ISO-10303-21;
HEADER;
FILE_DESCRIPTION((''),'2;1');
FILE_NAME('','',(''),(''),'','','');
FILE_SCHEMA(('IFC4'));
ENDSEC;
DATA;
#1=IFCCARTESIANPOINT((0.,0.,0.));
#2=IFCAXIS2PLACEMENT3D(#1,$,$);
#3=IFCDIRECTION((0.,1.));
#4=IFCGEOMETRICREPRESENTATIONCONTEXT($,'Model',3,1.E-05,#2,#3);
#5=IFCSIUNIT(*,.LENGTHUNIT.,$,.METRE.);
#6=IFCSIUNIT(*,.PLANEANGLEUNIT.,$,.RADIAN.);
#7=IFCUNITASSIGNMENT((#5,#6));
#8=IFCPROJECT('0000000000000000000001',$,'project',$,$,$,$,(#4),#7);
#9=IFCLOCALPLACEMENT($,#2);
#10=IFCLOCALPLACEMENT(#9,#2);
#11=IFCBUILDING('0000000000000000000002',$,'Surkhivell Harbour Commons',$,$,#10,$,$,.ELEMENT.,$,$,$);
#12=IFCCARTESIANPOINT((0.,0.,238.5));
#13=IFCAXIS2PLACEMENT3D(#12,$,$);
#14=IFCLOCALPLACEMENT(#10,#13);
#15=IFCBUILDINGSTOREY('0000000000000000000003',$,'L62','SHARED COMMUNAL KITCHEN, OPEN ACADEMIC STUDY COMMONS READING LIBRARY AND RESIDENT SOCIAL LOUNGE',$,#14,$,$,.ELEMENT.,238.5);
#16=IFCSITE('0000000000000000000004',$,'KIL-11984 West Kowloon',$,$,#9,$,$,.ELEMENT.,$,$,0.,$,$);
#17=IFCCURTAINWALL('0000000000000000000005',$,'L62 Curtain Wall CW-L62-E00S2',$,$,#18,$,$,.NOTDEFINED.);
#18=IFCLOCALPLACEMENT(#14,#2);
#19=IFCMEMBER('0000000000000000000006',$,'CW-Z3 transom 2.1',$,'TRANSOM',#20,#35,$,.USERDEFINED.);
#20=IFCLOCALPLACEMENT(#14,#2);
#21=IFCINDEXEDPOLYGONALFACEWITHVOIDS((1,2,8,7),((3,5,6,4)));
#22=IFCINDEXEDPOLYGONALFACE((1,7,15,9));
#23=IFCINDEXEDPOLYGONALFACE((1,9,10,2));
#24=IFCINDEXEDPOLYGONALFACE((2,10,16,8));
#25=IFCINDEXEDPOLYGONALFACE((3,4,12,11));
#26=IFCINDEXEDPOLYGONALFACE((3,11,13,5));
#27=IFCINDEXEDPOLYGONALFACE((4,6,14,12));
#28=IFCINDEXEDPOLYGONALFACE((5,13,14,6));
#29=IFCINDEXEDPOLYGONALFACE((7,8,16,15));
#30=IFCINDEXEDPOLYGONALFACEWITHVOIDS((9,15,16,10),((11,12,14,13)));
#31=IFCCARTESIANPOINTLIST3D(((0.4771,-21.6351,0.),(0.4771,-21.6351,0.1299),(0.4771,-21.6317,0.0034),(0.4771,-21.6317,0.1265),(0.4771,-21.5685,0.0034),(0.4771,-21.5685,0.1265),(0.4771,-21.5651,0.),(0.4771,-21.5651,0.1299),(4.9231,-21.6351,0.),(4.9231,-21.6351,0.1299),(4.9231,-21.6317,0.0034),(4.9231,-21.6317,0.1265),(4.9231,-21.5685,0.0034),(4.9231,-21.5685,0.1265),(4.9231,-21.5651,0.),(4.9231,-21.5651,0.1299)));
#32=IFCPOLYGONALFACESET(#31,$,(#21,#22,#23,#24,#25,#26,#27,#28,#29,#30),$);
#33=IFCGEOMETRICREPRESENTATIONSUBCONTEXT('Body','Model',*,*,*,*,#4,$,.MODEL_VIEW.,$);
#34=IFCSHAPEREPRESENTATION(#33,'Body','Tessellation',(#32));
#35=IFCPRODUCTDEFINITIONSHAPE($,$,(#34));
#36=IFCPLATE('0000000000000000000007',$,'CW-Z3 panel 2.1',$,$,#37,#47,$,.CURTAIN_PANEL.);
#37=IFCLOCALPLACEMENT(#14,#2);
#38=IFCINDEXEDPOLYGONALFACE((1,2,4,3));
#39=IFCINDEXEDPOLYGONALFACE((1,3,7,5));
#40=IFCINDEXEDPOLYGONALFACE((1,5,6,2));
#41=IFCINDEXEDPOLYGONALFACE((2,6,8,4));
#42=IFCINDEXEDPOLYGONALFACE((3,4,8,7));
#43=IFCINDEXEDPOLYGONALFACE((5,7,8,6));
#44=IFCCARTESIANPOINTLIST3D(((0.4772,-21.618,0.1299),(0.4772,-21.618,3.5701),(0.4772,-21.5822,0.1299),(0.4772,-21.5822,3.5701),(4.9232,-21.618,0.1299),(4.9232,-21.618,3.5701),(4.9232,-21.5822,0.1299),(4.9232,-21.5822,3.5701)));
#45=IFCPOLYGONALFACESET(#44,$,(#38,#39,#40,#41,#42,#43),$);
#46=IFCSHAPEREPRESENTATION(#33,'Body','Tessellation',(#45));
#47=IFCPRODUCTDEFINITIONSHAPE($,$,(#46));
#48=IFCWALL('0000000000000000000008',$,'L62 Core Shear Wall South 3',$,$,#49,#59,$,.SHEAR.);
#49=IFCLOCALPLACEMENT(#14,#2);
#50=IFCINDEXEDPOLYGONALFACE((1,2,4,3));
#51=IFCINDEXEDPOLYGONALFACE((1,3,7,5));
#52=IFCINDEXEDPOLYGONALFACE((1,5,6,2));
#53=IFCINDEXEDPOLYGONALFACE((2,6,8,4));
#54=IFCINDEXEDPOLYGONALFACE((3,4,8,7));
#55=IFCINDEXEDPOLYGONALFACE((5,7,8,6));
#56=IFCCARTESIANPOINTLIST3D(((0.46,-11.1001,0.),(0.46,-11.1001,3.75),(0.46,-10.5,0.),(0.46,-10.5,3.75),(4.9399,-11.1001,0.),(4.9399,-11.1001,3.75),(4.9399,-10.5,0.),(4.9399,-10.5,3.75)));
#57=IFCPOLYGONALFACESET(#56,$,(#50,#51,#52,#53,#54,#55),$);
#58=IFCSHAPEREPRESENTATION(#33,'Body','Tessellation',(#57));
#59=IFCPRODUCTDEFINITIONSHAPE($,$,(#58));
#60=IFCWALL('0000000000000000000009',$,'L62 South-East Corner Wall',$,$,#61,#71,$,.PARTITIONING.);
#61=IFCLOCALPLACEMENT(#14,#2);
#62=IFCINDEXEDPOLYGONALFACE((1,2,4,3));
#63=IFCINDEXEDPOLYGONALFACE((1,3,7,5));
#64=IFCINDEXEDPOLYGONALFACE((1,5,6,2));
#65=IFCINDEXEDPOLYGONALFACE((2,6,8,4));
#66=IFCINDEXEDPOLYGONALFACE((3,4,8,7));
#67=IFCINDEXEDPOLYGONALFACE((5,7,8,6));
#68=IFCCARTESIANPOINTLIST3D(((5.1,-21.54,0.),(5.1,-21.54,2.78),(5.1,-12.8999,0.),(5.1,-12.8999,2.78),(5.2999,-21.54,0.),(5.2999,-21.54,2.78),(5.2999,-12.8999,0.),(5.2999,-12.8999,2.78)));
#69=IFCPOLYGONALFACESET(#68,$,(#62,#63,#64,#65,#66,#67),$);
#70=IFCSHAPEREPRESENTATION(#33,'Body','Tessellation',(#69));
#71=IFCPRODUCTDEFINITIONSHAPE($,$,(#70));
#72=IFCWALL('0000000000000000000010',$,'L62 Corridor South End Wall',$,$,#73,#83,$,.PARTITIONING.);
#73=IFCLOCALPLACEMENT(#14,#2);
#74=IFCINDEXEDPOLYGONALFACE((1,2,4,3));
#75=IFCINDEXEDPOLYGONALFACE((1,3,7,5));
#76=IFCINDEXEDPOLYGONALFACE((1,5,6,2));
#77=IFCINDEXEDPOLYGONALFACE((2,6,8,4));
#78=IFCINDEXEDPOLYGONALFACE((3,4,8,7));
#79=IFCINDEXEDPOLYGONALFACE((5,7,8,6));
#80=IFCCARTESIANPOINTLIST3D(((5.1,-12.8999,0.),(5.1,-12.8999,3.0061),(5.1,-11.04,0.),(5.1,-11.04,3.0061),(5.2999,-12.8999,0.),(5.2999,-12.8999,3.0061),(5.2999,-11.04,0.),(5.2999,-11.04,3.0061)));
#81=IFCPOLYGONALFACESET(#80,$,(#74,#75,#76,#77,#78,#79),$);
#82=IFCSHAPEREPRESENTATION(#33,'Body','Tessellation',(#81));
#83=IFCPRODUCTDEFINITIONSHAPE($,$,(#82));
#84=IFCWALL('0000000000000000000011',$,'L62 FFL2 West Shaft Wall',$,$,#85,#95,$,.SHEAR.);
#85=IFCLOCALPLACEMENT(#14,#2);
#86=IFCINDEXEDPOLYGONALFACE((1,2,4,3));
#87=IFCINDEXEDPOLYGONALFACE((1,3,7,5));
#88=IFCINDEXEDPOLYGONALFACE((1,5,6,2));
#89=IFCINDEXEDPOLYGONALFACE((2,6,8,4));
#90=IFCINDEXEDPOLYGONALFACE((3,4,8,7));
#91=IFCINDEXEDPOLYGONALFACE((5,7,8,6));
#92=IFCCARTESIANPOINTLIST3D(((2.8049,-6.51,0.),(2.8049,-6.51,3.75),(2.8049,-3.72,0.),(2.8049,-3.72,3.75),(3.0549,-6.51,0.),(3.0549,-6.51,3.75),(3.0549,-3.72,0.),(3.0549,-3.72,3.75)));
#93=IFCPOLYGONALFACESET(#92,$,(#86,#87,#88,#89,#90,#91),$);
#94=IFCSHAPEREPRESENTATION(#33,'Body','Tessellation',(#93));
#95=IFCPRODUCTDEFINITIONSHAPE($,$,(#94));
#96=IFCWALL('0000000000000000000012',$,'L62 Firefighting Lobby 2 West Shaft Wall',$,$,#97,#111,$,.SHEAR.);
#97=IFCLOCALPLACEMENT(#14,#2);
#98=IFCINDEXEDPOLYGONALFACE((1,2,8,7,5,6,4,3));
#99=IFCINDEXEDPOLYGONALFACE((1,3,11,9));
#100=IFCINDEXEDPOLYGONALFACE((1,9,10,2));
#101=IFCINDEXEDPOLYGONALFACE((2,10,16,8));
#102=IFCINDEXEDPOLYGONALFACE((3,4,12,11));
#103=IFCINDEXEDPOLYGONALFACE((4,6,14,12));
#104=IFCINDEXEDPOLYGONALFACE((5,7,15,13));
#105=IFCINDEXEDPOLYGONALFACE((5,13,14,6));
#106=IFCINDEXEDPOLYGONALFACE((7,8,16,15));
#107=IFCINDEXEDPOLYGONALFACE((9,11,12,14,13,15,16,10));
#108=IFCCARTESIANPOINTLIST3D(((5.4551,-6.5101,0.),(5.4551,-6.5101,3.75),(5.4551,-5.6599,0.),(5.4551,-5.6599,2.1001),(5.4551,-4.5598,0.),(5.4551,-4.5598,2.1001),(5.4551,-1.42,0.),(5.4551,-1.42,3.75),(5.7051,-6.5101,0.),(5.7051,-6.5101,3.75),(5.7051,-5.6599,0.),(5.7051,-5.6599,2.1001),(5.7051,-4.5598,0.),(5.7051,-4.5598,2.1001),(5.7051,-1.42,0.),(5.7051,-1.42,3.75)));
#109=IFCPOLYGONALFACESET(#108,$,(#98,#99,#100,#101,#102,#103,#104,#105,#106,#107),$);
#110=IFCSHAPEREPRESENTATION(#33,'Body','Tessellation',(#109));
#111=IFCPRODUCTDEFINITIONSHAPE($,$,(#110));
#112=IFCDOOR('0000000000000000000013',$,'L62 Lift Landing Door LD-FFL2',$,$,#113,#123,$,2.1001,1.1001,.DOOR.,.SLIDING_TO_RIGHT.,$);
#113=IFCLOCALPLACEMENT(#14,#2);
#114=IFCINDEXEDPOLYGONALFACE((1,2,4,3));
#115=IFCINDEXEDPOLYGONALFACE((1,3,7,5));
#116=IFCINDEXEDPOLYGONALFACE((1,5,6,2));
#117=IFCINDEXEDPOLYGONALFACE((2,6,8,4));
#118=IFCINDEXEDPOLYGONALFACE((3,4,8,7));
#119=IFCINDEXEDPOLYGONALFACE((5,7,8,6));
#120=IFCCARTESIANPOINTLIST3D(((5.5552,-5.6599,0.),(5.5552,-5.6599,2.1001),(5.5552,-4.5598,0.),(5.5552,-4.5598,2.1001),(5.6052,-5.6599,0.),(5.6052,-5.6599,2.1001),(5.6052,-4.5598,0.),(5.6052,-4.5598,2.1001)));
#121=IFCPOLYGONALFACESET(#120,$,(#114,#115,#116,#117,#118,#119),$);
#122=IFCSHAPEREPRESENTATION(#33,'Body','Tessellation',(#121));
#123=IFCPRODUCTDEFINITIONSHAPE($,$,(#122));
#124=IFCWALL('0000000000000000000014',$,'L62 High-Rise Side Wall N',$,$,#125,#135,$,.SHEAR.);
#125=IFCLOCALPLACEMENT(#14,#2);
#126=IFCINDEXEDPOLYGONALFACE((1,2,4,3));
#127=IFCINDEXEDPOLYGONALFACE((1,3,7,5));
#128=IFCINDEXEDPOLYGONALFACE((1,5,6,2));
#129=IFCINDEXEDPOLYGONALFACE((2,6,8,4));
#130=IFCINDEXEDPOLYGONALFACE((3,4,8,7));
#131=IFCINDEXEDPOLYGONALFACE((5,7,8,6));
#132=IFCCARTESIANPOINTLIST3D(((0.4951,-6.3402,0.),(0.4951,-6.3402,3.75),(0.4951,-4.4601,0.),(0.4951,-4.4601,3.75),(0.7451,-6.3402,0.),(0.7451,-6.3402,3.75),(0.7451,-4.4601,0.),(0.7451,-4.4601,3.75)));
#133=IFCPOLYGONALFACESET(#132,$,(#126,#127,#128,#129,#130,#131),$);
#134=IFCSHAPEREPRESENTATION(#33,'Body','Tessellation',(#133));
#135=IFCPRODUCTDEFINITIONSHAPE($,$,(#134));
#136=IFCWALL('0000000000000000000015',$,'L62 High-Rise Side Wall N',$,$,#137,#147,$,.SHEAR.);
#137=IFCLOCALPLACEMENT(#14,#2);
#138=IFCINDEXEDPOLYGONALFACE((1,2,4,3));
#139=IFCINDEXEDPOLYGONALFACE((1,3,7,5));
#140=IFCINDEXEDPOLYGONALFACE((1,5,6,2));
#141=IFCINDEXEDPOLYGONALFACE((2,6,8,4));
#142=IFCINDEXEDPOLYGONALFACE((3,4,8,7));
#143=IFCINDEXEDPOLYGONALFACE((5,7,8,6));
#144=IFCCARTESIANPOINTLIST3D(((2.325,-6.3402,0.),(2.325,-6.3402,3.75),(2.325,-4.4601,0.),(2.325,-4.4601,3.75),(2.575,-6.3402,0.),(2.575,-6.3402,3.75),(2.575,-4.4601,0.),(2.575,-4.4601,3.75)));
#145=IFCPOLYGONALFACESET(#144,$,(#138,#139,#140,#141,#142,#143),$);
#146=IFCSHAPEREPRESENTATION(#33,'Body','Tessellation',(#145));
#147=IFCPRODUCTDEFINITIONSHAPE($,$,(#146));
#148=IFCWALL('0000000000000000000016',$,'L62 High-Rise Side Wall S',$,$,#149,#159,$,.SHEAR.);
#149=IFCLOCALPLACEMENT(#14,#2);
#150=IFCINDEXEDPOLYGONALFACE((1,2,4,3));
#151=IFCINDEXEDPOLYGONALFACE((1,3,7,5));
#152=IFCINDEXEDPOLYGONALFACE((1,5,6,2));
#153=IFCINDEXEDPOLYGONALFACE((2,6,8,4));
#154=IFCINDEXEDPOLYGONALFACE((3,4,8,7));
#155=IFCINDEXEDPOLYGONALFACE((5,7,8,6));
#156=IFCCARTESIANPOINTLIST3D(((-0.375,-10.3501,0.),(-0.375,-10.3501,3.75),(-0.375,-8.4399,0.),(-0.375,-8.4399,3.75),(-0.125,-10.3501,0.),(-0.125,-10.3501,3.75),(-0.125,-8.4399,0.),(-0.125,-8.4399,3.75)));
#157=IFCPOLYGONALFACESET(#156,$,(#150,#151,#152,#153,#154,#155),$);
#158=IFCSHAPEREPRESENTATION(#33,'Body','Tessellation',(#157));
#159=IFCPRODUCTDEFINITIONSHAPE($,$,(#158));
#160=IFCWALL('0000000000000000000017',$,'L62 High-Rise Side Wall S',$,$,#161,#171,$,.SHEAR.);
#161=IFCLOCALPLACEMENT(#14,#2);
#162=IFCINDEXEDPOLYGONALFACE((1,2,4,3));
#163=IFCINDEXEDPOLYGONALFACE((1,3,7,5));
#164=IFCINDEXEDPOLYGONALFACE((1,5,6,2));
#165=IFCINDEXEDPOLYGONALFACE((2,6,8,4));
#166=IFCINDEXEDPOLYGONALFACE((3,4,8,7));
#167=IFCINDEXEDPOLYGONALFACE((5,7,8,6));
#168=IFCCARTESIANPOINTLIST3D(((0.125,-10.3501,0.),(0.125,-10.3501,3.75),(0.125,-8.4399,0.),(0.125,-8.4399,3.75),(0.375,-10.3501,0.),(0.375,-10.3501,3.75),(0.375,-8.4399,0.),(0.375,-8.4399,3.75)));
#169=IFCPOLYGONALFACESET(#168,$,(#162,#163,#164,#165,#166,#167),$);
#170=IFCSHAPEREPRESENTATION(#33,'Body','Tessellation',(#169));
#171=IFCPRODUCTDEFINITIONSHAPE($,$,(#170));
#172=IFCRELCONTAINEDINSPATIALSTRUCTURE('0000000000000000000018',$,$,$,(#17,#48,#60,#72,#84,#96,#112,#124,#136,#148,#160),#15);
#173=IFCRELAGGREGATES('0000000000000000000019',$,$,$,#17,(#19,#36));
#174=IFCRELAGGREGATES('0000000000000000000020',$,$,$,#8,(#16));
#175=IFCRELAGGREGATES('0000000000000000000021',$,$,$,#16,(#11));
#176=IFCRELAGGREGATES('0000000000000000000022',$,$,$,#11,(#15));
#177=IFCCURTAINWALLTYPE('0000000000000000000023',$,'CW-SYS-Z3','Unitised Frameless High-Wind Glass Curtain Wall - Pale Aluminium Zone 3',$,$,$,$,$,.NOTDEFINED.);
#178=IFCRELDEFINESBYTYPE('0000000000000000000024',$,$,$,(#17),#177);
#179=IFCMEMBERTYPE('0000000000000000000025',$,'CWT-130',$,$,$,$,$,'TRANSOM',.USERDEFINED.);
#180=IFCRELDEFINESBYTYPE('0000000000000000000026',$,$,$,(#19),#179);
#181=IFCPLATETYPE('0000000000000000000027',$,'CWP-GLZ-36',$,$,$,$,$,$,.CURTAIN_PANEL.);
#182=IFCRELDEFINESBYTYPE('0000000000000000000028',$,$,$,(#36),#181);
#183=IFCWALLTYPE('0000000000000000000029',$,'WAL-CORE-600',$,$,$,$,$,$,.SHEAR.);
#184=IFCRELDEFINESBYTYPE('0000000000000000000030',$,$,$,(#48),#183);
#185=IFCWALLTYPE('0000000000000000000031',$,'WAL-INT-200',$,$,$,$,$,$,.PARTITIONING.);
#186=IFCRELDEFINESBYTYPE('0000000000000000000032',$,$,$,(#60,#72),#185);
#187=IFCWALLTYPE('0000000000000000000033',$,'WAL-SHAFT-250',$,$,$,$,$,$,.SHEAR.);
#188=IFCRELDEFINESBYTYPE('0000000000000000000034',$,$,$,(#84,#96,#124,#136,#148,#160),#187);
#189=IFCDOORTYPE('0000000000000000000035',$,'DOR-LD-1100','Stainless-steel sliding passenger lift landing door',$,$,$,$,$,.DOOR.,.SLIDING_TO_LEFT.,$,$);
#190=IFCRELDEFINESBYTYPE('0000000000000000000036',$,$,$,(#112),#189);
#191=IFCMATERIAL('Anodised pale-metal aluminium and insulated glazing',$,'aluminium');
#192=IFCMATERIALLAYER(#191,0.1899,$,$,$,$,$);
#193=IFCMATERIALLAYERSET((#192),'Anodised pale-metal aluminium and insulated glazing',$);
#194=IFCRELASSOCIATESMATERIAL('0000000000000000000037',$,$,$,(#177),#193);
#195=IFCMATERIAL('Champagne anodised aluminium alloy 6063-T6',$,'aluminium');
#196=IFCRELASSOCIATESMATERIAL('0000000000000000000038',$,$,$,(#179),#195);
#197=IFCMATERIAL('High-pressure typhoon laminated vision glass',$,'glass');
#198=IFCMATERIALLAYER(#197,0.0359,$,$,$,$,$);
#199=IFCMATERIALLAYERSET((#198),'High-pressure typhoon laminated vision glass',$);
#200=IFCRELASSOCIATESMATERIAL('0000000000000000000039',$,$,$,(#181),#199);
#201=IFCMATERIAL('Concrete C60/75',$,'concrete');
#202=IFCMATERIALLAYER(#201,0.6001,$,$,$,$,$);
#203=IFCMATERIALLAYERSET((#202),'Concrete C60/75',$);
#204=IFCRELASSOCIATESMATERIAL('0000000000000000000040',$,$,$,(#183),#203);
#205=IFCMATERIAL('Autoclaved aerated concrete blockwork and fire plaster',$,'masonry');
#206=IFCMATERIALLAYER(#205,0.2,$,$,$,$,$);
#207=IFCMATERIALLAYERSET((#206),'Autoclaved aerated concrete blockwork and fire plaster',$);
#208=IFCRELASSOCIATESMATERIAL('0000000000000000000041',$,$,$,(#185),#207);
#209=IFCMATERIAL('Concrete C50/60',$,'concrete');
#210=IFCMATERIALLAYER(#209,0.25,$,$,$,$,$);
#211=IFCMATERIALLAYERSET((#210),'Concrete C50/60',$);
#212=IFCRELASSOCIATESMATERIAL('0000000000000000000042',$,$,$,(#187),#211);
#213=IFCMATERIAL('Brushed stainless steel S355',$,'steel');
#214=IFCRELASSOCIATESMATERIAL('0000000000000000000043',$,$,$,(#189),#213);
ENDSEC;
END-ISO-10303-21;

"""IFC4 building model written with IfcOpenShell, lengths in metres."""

from ifc_helpers import new_model, si_unit, direction, frame, frame_2d, origin, origin_2d, place, context, subcontext, project, spatial, rectangle, hollow_rectangle, extrude, material, layer, layer_set, material_profile, profile_set, type_object, element, fill, aggregate, save


model = new_model("IFC4")

# Units and contexts
model_context = context("Model", 3, precision=1e-05, world=origin(), true_north=direction((0.0, 1.0)))
body_context = subcontext(model_context, "Body", "Model", "MODEL_VIEW")
ifc_project = project(units=[si_unit("LENGTHUNIT", "METRE"), si_unit("PLANEANGLEUNIT", "RADIAN")], contexts=[model_context])

# Site, building, storey
site_placement = place(None, origin())
site = spatial("IfcSite", under=ifc_project, at=site_placement, Name="KIL-11984 West Kowloon", CompositionType="ELEMENT", RefElevation=0.0)
building_placement = place(site_placement, origin())
building = spatial("IfcBuilding", under=site, at=building_placement, Name="Surkhivell Harbour Commons", CompositionType="ELEMENT")
storey_placement = place(building_placement, frame((0.0, 0.0, 238.5)))
storey = spatial("IfcBuildingStorey", under=building, at=storey_placement, Name="L62", Description="SHARED COMMUNAL KITCHEN, OPEN ACADEMIC STUDY COMMONS READING LIBRARY AND RESIDENT SOCIAL LOUNGE", CompositionType="ELEMENT", Elevation=238.5)

# Shared definitions
ifc_material_1 = material(Name="Concrete C60/75", Category="concrete")
ifc_material_2 = material(Name="Concrete C50/60", Category="concrete")

# Curtain wall, member, plate
ifc_material_3 = material(Name="Anodised pale-metal aluminium and insulated glazing", Category="aluminium")
ifc_layer_1 = layer(ifc_material_3, 0.1899)
ifc_layer_set_1 = layer_set([ifc_layer_1], Name="Anodised pale-metal aluminium and insulated glazing")
curtain_wall_type = type_object("IfcCurtainWallType", Name="CW-SYS-Z3", Description="Unitised Frameless High-Wind Glass Curtain Wall - Pale Aluminium Zone 3", PredefinedType="NOTDEFINED", material=ifc_layer_set_1)
curtain_wall_placement = place(storey_placement, origin())
curtain_wall = element("IfcCurtainWall", 1, at=curtain_wall_placement, inside=storey, type_object=curtain_wall_type, Name="L62 Curtain Wall CW-L62-E00S2", PredefinedType="NOTDEFINED")
ifc_material_4 = material(Name="Champagne anodised aluminium alloy 6063-T6", Category="aluminium")
ifc_material_profile_1 = material_profile(ifc_material_4, hollow_rectangle(XDim=0.0701, YDim=0.1299, WallThickness=0.0034, at=origin_2d()), Name="ALU-TRAN-70x130")
ifc_profile_set_1 = profile_set([ifc_material_profile_1], Name="Champagne anodised aluminium alloy 6063-T6")
member_type_1 = type_object("IfcMemberType", Name="CWT-130", ElementType="TRANSOM", PredefinedType="USERDEFINED", material=ifc_profile_set_1)
member_1_placement = place(storey_placement, frame((0.4771, -21.6001, 0.0649), z_axis=(1.0, 0.0, 0.0), x_axis=(0.0, 1.0, 0.0)))
member_1 = element("IfcMember", 2, at=member_1_placement, type_object=member_type_1, Name="CW-Z3 transom 2.1", ObjectType="TRANSOM", PredefinedType="USERDEFINED", context=body_context, shape_type="SweptSolid", body=[
    extrude(hollow_rectangle(XDim=0.0701, YDim=0.1299, WallThickness=0.0034, at=origin_2d()), origin(), (0.0, 0.0, 1.0), 4.446),
])
ifc_material_5 = material(Name="High-pressure typhoon laminated vision glass", Category="glass")
ifc_layer_2 = layer(ifc_material_5, 0.0359)
ifc_layer_set_2 = layer_set([ifc_layer_2], Name="High-pressure typhoon laminated vision glass")
plate_type = type_object("IfcPlateType", Name="CWP-GLZ-36", PredefinedType="CURTAIN_PANEL", material=ifc_layer_set_2)
plate_placement = place(storey_placement, frame((0.4771, -21.6001, 0.1299), z_axis=(0.0, 0.0, 1.0), x_axis=(1.0, 0.0, 0.0)))
plate = element("IfcPlate", 3, at=plate_placement, type_object=plate_type, Name="CW-Z3 panel 2.1", PredefinedType="CURTAIN_PANEL", context=body_context, shape_type="SweptSolid", body=[
    extrude(rectangle(XDim=4.446, YDim=0.0359, at=frame_2d((2.2231, 0.0))), origin(), (0.0, 0.0, 1.0), 3.4402),
])
aggregate(curtain_wall, [member_1, plate])

# Walls
ifc_layer_3 = layer(ifc_material_1, 0.6001)
ifc_layer_set_3 = layer_set([ifc_layer_3], Name="Concrete C60/75")
wall_type_1 = type_object("IfcWallType", Name="WAL-CORE-600", PredefinedType="SHEAR", material=ifc_layer_set_3)
wall_1_placement = place(storey_placement, frame((0.46, -10.8, 0.0), z_axis=(0.0, 0.0, 1.0), x_axis=(1.0, 0.0, 0.0)))
element("IfcWall", 4, at=wall_1_placement, inside=storey, type_object=wall_type_1, Name="L62 Core Shear Wall South 3", PredefinedType="SHEAR", context=body_context, shape_type="SweptSolid", body=[
    extrude(rectangle(XDim=4.48, YDim=0.6001, at=frame_2d((2.24, 0.0))), origin(), (0.0, 0.0, 1.0), 3.75),
])
ifc_material_6 = material(Name="Autoclaved aerated concrete blockwork and fire plaster", Category="masonry")
ifc_layer_4 = layer(ifc_material_6, 0.2)
ifc_layer_set_4 = layer_set([ifc_layer_4], Name="Autoclaved aerated concrete blockwork and fire plaster")
wall_type_2 = type_object("IfcWallType", Name="WAL-INT-200", PredefinedType="PARTITIONING", material=ifc_layer_set_4)
wall_2_placement = place(storey_placement, frame((5.2, -21.54, 0.0), z_axis=(0.0, 0.0, 1.0), x_axis=(0.0, 1.0, 0.0)))
element("IfcWall", 5, at=wall_2_placement, inside=storey, type_object=wall_type_2, Name="L62 South-East Corner Wall", PredefinedType="PARTITIONING", context=body_context, shape_type="SweptSolid", body=[
    extrude(rectangle(XDim=8.6401, YDim=0.2, at=frame_2d((4.3201, 0.0))), origin(), (0.0, 0.0, 1.0), 2.78),
])
wall_3_placement = place(storey_placement, frame((5.2, -12.8999, 0.0), z_axis=(0.0, 0.0, 1.0), x_axis=(0.0, 1.0, 0.0)))
element("IfcWall", 6, at=wall_3_placement, inside=storey, type_object=wall_type_2, Name="L62 Corridor South End Wall", PredefinedType="PARTITIONING", context=body_context, shape_type="SweptSolid", body=[
    extrude(rectangle(XDim=1.8599, YDim=0.2, at=frame_2d((0.9299, 0.0))), origin(), (0.0, 0.0, 1.0), 3.0061),
])
ifc_layer_5 = layer(ifc_material_2, 0.25)
ifc_layer_set_5 = layer_set([ifc_layer_5], Name="Concrete C50/60")
wall_type_3 = type_object("IfcWallType", Name="WAL-SHAFT-250", PredefinedType="SHEAR", material=ifc_layer_set_5)
wall_4_placement = place(storey_placement, frame((2.9299, -6.51, 0.0), z_axis=(0.0, 0.0, 1.0), x_axis=(0.0, 1.0, 0.0)))
element("IfcWall", 7, at=wall_4_placement, inside=storey, type_object=wall_type_3, Name="L62 FFL2 West Shaft Wall", PredefinedType="SHEAR", context=body_context, shape_type="SweptSolid", body=[
    extrude(rectangle(XDim=2.79, YDim=0.25, at=frame_2d((1.395, 0.0))), origin(), (0.0, 0.0, 1.0), 3.75),
])

# Wall, opening, door
wall_5_placement = place(storey_placement, frame((5.5801, -6.51, 0.0), z_axis=(0.0, 0.0, 1.0), x_axis=(0.0, 1.0, 0.0)))
wall_5 = element("IfcWall", 8, at=wall_5_placement, inside=storey, type_object=wall_type_3, Name="L62 Firefighting Lobby 2 West Shaft Wall", PredefinedType="SHEAR", context=body_context, shape_type="SweptSolid", body=[
    extrude(rectangle(XDim=5.0901, YDim=0.25, at=frame_2d((2.5449, 0.0))), origin(), (0.0, 0.0, 1.0), 3.75),
])
opening_1_placement = place(wall_5_placement, frame((0.8501, 0.0, 0.0)))
opening_1 = element("IfcOpeningElement", 9, at=opening_1_placement, cuts=wall_5, PredefinedType="OPENING", context=body_context, shape_type="SweptSolid", body=[
    extrude(rectangle(XDim=1.1001, YDim=2.1001, at=frame_2d((0.55, 1.05))), frame((0.0, 0.135, 0.0), z_axis=(0.0, -1.0, 0.0), x_axis=(1.0, 0.0, 0.0)), (0.0, 0.0, 1.0), 0.27),
])
ifc_material_7 = material(Name="Brushed stainless steel S355", Category="steel")
door_type_1 = type_object("IfcDoorType", Name="DOR-LD-1100", Description="Stainless-steel sliding passenger lift landing door", OperationType="SLIDING_TO_LEFT", PredefinedType="DOOR", material=ifc_material_7)
door_1_placement = place(opening_1_placement, origin())
door_1 = element("IfcDoor", 10, at=door_1_placement, inside=storey, type_object=door_type_1, Name="L62 Lift Landing Door LD-FFL2", OperationType="SLIDING_TO_RIGHT", OverallHeight=2.1001, OverallWidth=1.1001, PredefinedType="DOOR", context=body_context, shape_type="SweptSolid", body=[
    extrude(rectangle(XDim=1.1001, YDim=2.1001, at=frame_2d((0.55, 1.05))), frame((0.0, 0.0249, 0.0), z_axis=(0.0, -1.0, 0.0), x_axis=(1.0, 0.0, 0.0)), (0.0, 0.0, 1.0), 0.05),
])
fill(opening_1, door_1)

# Walls
for number, where, z_axis, x_axis, name in (
    (11, (0.6201, -6.3401, 0.0), (0.0, 0.0, 1.0), (0.0, 1.0, 0.0), "L62 High-Rise Side Wall N"),
    (12, (2.45, -6.3401, 0.0), (0.0, 0.0, 1.0), (0.0, 1.0, 0.0), "L62 High-Rise Side Wall N"),
):
    element("IfcWall", number, at=place(storey_placement, frame(where, z_axis=z_axis, x_axis=x_axis)), inside=storey, type_object=wall_type_3, Name=name, PredefinedType="SHEAR", context=body_context, shape_type="SweptSolid", body=[
        extrude(rectangle(XDim=1.8801, YDim=0.25, at=frame_2d((0.9399, 0.0))), origin(), (0.0, 0.0, 1.0), 3.75),
    ])
for number, where, z_axis, x_axis, name in (
    (13, (-0.25, -10.3501, 0.0), (0.0, 0.0, 1.0), (0.0, 1.0, 0.0), "L62 High-Rise Side Wall S"),
    (14, (0.25, -10.3501, 0.0), (0.0, 0.0, 1.0), (0.0, 1.0, 0.0), "L62 High-Rise Side Wall S"),
):
    element("IfcWall", number, at=place(storey_placement, frame(where, z_axis=z_axis, x_axis=x_axis)), inside=storey, type_object=wall_type_3, Name=name, PredefinedType="SHEAR", context=body_context, shape_type="SweptSolid", body=[
        extrude(rectangle(XDim=1.9102, YDim=0.25, at=frame_2d((0.9551, 0.0))), origin(), (0.0, 0.0, 1.0), 3.75),
    ])

save(model, "model.ifc")
